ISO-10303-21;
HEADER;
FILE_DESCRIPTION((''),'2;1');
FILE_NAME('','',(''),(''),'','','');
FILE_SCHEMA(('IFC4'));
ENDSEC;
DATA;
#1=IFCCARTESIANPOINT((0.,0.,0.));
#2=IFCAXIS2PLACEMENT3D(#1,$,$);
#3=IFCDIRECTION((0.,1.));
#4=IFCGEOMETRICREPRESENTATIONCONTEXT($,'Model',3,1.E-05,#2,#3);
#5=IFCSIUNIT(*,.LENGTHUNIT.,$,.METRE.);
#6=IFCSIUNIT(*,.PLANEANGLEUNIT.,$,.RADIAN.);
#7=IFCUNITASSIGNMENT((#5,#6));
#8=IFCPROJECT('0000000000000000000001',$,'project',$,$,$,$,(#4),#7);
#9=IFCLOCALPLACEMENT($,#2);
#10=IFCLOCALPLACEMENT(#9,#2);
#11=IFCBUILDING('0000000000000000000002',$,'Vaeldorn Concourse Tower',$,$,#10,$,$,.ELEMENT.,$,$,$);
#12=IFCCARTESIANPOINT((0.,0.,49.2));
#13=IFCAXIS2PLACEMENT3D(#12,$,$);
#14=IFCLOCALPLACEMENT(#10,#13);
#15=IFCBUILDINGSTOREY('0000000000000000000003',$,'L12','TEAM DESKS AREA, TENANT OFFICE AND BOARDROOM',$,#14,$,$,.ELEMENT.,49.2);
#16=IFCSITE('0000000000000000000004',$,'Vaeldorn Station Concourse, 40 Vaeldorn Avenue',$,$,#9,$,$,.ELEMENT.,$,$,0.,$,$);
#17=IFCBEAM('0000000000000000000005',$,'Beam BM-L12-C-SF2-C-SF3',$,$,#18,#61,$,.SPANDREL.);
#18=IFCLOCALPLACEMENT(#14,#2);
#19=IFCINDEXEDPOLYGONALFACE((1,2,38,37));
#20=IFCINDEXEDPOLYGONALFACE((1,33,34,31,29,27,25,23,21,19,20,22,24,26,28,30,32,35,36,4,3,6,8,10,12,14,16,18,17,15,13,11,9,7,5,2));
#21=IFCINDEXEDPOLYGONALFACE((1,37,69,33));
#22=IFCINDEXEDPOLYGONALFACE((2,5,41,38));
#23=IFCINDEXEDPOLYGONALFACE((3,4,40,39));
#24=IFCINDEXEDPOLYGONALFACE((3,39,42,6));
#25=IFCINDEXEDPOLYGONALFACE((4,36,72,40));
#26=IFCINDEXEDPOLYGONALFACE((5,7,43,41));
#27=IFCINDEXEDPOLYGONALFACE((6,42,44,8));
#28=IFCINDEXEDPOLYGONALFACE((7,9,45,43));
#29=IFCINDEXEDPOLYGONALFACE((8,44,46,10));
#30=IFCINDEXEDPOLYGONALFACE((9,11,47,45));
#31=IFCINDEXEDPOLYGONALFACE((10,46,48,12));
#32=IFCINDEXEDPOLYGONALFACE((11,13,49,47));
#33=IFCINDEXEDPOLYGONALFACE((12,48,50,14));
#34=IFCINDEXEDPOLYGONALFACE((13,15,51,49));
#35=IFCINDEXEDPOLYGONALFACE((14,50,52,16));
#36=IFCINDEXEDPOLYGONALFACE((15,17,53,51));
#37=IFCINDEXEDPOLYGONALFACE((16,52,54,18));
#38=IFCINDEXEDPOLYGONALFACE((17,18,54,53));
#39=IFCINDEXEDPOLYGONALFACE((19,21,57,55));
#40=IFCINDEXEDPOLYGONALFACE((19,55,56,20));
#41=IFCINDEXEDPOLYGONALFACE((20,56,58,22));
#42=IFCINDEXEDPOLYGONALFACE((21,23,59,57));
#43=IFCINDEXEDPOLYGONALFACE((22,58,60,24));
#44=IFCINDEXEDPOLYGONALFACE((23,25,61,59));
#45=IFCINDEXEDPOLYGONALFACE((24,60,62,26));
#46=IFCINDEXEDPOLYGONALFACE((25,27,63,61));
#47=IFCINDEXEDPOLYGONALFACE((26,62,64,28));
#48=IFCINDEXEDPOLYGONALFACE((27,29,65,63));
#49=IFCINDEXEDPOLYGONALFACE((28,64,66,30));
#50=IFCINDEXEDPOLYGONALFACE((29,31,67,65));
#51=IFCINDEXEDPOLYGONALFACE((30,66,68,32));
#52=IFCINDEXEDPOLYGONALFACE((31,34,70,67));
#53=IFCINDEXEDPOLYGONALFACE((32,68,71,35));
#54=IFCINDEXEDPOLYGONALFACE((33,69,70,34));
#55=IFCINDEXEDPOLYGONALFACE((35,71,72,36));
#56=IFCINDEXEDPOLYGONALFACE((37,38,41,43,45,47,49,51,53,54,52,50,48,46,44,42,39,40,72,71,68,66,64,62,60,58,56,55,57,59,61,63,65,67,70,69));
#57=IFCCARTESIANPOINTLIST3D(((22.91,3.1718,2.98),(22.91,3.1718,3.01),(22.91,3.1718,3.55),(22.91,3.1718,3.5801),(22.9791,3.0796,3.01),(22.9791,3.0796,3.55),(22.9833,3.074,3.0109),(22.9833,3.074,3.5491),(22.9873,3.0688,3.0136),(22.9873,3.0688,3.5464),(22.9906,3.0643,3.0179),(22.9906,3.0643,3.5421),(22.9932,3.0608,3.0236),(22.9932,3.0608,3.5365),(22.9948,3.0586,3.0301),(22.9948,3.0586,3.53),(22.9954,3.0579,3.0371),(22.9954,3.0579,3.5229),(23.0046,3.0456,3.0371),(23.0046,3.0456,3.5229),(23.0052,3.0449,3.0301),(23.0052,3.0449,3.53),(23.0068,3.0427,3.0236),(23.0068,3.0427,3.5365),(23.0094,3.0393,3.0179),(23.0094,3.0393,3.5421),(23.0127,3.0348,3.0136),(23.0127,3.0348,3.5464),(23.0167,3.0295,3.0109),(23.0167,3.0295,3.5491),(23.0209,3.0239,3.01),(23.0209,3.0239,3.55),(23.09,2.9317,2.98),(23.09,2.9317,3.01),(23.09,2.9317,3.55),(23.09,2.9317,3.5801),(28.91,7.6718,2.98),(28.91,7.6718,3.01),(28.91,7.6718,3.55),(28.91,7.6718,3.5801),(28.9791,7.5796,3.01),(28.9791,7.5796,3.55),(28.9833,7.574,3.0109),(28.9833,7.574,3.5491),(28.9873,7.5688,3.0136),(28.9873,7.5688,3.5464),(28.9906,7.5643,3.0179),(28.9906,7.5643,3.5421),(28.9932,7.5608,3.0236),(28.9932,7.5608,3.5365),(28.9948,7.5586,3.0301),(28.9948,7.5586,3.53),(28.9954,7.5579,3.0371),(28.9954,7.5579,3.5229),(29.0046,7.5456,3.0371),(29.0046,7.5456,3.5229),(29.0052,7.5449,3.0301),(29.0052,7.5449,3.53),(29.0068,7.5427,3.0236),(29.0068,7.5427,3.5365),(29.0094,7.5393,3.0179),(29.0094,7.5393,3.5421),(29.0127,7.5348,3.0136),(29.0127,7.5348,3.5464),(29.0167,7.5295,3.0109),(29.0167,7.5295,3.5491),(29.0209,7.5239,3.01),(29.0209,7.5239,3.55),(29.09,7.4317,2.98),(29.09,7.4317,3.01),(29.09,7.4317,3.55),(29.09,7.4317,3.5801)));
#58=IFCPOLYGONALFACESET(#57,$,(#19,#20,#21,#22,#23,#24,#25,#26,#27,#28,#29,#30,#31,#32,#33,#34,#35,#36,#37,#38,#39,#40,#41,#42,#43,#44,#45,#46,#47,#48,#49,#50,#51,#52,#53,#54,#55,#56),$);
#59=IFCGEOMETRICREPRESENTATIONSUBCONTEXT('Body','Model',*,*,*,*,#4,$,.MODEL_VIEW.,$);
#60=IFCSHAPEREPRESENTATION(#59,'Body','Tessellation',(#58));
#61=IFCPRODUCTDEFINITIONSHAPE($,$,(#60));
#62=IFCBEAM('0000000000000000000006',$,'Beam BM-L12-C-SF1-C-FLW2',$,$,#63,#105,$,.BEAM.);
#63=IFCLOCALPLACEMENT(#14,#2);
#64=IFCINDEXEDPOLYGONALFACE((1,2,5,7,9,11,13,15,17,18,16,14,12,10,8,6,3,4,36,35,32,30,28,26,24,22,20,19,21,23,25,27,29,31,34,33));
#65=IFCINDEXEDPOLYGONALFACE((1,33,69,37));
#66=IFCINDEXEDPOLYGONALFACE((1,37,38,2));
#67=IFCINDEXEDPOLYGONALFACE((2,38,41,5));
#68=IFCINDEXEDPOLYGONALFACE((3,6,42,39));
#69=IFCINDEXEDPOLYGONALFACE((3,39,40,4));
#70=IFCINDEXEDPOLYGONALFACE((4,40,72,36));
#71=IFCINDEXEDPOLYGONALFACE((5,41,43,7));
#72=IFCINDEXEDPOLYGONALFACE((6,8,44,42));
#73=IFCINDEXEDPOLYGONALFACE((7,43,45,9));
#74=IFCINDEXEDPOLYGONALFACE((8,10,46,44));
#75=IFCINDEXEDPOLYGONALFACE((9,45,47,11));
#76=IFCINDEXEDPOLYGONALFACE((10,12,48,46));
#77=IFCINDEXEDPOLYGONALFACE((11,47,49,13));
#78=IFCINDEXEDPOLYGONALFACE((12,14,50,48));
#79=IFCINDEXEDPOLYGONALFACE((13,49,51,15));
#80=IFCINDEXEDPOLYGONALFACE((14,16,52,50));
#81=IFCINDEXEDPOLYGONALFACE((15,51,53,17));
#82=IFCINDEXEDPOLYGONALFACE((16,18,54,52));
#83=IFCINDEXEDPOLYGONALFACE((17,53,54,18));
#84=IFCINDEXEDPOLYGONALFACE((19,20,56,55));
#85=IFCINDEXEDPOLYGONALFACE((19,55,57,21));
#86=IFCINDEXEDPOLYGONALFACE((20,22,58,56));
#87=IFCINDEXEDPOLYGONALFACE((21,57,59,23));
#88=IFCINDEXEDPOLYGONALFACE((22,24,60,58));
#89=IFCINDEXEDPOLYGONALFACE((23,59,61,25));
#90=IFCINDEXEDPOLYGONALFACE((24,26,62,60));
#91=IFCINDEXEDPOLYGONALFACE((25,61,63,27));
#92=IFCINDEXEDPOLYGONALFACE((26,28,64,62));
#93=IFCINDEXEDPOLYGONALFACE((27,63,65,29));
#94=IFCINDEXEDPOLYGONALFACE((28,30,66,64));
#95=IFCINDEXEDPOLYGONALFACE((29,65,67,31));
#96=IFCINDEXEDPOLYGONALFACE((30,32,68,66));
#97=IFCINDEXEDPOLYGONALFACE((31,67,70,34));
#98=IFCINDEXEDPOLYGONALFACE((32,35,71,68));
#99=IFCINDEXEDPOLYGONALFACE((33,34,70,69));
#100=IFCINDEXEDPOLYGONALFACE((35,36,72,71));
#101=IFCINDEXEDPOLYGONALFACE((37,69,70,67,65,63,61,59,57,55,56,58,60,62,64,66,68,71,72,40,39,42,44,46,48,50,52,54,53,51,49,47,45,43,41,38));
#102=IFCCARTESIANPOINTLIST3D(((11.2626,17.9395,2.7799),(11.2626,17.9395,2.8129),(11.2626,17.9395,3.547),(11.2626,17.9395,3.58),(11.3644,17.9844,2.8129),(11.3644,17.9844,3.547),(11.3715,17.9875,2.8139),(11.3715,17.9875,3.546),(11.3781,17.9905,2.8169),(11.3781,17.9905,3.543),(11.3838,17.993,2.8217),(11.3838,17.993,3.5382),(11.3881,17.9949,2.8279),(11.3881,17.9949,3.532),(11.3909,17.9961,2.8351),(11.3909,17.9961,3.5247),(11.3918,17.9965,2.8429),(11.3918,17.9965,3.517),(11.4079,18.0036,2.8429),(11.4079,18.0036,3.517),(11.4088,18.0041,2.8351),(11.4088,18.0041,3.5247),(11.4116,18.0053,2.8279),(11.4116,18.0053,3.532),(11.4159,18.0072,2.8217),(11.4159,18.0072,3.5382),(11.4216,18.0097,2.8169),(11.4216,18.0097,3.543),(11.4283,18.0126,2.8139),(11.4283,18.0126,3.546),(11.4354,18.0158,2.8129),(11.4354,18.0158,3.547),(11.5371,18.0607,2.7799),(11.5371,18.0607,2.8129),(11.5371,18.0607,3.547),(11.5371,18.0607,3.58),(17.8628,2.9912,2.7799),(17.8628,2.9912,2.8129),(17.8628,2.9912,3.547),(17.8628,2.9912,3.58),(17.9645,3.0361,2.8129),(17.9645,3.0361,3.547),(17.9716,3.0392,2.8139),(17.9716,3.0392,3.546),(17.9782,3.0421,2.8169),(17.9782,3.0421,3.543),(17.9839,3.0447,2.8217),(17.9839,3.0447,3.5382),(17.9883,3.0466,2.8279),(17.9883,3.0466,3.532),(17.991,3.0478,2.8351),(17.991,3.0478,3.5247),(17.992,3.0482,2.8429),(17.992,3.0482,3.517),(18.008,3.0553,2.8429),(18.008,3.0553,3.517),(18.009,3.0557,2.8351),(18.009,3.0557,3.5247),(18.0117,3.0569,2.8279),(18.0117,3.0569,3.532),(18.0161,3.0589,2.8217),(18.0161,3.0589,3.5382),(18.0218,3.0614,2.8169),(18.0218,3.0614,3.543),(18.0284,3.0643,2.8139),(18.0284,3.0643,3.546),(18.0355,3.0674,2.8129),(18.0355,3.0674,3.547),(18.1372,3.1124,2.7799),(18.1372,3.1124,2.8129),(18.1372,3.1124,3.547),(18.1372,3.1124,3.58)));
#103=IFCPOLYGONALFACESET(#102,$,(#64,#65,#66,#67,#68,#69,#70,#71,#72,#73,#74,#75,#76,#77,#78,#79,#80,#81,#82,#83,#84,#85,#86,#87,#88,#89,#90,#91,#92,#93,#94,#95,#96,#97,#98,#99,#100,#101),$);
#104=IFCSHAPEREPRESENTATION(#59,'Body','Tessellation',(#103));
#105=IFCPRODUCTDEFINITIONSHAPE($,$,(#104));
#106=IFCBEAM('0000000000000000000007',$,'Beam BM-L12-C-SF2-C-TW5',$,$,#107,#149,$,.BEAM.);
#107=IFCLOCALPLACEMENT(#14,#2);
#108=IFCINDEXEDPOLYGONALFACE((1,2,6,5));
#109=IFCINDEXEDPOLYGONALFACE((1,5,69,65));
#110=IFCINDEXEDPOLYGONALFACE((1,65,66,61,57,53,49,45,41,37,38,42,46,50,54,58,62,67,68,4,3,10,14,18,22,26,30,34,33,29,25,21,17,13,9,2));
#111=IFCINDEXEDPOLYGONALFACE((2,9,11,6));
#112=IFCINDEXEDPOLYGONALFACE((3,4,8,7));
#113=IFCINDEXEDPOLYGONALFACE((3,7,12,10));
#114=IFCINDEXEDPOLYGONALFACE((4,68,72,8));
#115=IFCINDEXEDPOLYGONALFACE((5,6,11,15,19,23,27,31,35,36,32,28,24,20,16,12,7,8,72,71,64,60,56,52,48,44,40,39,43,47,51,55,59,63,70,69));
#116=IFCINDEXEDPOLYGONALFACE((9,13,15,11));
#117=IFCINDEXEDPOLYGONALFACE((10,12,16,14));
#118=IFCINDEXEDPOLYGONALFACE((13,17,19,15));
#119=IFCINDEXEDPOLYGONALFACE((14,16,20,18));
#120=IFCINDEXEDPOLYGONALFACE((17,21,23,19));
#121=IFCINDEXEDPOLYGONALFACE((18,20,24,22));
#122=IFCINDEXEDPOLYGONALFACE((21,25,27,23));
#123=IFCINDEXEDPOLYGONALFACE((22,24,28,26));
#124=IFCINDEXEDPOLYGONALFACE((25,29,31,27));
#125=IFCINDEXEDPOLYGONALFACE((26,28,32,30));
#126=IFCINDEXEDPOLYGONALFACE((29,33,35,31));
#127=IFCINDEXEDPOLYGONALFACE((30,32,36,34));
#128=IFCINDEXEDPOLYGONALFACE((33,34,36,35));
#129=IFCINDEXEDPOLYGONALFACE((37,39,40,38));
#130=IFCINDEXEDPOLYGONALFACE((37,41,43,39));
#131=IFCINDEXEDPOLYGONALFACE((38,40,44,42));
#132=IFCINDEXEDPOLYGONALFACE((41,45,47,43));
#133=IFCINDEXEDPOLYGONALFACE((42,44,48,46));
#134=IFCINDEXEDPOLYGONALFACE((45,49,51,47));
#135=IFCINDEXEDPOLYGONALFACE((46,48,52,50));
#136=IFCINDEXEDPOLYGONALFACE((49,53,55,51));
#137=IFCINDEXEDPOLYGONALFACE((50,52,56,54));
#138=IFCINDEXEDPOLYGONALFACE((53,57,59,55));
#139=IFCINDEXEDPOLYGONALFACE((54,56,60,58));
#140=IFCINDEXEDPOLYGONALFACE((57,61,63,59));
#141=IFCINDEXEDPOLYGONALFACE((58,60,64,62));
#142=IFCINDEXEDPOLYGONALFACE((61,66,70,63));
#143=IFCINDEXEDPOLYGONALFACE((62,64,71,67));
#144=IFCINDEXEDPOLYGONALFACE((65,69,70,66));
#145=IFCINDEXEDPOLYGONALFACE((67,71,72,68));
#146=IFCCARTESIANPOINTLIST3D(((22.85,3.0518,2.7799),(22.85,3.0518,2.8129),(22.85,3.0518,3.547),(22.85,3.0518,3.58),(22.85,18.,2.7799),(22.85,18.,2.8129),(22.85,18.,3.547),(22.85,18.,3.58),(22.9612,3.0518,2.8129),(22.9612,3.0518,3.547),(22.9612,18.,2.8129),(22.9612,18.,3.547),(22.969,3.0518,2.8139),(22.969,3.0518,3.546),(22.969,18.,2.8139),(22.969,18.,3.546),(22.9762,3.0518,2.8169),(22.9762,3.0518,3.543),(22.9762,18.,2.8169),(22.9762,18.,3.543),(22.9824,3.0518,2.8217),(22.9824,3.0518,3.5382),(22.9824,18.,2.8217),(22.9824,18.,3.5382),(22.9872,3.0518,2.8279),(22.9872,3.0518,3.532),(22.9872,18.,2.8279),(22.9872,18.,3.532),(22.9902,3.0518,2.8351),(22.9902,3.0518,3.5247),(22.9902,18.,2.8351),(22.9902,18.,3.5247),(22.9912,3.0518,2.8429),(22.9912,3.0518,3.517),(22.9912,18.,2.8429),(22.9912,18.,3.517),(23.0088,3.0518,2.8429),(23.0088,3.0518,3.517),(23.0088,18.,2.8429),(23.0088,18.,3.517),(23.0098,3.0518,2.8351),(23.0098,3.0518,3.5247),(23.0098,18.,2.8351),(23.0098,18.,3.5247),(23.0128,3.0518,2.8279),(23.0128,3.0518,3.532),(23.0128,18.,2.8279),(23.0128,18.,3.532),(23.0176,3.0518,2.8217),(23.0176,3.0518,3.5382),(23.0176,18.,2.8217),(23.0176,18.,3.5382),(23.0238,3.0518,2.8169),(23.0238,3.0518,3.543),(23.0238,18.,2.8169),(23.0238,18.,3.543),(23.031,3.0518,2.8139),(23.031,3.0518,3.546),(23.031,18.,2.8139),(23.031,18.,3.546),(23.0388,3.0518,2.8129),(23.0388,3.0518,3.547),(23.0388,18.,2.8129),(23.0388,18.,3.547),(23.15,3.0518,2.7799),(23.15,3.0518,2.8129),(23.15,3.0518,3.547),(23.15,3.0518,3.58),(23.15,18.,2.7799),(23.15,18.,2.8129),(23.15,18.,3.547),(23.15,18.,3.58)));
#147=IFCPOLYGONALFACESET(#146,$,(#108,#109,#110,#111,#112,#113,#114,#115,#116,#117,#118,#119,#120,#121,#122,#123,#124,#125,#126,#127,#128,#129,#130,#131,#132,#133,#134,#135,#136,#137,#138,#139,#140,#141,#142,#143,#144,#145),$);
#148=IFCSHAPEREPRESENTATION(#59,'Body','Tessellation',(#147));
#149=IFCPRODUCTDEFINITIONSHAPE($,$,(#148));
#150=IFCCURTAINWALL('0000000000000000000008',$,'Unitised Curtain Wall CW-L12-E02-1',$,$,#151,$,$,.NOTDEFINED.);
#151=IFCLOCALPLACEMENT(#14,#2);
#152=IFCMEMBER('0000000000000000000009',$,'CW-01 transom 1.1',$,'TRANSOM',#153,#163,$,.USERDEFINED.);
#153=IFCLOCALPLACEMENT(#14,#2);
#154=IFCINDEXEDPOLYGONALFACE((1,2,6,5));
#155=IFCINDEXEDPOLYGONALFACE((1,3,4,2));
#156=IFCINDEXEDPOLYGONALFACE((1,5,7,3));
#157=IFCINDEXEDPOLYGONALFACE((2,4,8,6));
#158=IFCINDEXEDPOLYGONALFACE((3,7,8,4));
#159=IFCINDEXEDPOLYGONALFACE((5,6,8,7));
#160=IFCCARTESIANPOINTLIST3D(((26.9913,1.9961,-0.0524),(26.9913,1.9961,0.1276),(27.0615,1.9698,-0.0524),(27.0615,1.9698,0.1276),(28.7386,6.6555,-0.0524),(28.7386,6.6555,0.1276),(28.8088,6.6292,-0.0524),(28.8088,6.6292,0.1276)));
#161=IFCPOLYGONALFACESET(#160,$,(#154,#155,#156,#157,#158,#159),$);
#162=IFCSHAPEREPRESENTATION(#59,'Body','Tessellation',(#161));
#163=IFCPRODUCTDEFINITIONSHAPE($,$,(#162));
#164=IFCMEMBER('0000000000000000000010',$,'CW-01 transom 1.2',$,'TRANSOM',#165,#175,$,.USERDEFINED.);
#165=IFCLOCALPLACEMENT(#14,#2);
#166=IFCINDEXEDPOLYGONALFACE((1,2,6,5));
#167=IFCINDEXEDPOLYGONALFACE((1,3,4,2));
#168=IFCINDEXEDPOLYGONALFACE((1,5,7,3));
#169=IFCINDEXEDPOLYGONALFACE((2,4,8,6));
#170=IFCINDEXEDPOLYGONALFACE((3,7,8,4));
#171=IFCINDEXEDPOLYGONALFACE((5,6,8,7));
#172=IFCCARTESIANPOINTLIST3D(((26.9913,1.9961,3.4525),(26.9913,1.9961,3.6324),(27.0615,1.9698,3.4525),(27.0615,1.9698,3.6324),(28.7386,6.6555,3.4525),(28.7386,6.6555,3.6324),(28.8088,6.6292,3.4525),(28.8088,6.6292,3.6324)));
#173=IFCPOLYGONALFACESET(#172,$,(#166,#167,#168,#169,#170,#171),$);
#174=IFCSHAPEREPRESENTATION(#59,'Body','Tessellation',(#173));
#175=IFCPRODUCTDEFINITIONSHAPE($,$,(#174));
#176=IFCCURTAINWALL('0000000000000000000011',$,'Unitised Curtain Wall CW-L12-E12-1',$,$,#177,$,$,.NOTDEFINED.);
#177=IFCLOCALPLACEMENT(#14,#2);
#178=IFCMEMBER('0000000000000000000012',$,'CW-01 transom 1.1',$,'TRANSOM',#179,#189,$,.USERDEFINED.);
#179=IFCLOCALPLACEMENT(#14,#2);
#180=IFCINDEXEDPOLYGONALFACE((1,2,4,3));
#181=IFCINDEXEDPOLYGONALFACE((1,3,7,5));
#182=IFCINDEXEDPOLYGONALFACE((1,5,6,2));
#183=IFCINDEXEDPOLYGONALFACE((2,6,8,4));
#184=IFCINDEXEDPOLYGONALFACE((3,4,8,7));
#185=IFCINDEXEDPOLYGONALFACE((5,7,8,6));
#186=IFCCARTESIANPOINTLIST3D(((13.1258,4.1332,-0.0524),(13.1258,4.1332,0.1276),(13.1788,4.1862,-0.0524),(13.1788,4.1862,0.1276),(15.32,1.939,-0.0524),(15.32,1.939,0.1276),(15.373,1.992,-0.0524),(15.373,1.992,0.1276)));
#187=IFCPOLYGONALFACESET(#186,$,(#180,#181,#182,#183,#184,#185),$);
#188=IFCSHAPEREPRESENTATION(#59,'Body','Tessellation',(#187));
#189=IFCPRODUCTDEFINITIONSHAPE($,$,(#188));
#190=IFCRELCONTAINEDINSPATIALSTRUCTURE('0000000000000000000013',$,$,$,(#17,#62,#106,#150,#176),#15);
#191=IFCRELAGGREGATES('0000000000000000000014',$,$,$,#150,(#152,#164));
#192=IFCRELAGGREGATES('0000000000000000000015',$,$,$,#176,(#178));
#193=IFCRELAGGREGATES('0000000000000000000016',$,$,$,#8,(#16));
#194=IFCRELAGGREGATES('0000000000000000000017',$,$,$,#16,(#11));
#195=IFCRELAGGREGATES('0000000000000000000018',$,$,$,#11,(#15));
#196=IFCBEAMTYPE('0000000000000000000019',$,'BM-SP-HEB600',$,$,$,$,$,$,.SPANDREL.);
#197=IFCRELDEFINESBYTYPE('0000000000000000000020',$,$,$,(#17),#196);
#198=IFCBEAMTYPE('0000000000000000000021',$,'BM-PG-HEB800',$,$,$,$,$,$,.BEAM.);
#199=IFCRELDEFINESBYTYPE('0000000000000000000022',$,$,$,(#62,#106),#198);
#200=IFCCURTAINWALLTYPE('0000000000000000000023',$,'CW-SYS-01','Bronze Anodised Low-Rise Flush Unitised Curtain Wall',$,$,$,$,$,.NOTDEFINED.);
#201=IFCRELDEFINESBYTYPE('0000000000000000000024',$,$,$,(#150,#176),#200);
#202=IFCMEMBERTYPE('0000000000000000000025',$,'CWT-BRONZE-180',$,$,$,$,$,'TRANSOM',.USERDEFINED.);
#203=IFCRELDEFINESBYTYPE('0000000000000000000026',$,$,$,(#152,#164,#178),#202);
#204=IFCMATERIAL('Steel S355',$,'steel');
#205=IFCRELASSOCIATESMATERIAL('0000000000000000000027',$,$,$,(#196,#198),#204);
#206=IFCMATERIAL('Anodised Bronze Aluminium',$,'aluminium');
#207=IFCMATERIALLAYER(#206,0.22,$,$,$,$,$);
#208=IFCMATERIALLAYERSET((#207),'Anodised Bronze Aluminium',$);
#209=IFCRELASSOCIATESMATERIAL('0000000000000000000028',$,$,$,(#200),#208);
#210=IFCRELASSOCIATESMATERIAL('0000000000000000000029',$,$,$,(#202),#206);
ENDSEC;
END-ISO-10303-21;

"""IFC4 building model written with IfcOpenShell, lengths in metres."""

from ifc_helpers import new_model, si_unit, direction, frame, origin, origin_2d, place, context, subcontext, project, spatial, rectangle, i_section, extrude, source, transform, mapped, material, layer, layer_set, material_profile, profile_set, type_object, element, aggregate, save


model = new_model("IFC4")

# Units and contexts
model_context = context("Model", 3, precision=1e-05, world=origin(), true_north=direction((0.0, 1.0)))
body_context = subcontext(model_context, "Body", "Model", "MODEL_VIEW")
ifc_project = project(units=[si_unit("LENGTHUNIT", "METRE"), si_unit("PLANEANGLEUNIT", "RADIAN")], contexts=[model_context])

# Site, building, storey
site_placement = place(None, origin())
site = spatial("IfcSite", under=ifc_project, at=site_placement, Name="Vaeldorn Station Concourse, 40 Vaeldorn Avenue", CompositionType="ELEMENT", RefElevation=0.0)
building_placement = place(site_placement, origin())
building = spatial("IfcBuilding", under=site, at=building_placement, Name="Vaeldorn Concourse Tower", CompositionType="ELEMENT")
storey_placement = place(building_placement, frame((0.0, 0.0, 49.2)))
storey = spatial("IfcBuildingStorey", under=building, at=storey_placement, Name="L12", Description="TEAM DESKS AREA, TENANT OFFICE AND BOARDROOM", CompositionType="ELEMENT", Elevation=49.2)

# Beams
ifc_material_1 = material(Name="Steel S355", Category="steel")
ifc_material_profile_1 = material_profile(ifc_material_1, i_section(OverallWidth=0.3, OverallDepth=0.6001, WebThickness=0.0154, FlangeThickness=0.03, FilletRadius=0.0271, at=origin_2d()), Name="HEB 600")
ifc_profile_set_1 = profile_set([ifc_material_profile_1], Name="Steel S355")
beam_type_1 = type_object("IfcBeamType", Name="BM-SP-HEB600", PredefinedType="SPANDREL", material=ifc_profile_set_1)
shared_shape_1 = source(origin(), body_context, "Body", "SweptSolid", [
    extrude(i_section(OverallWidth=0.3, OverallDepth=0.6001, WebThickness=0.0154, FlangeThickness=0.03, FilletRadius=0.0271, at=origin_2d()), origin(), (0.0, 0.0, 1.0), 7.5),
])
beam_1_placement = place(storey_placement, frame((23.0, 3.0518, 3.28), z_axis=(0.8, 0.6, 0.0), x_axis=(-0.6, 0.8, 0.0)))
element("IfcBeam", 1, at=beam_1_placement, inside=storey, type_object=beam_type_1, Name="Beam BM-L12-C-SF2-C-SF3", PredefinedType="SPANDREL", context=body_context, shape_type="MappedRepresentation", body=[
    mapped(shared_shape_1, transform((0.0, 0.0, 0.0), scale=1.0)),
])
ifc_material_profile_2 = material_profile(ifc_material_1, i_section(OverallWidth=0.3, OverallDepth=0.8, WebThickness=0.0176, FlangeThickness=0.033, FilletRadius=0.03, at=origin_2d()), Name="HEB 800")
ifc_profile_set_2 = profile_set([ifc_material_profile_2], Name="Steel S355")
beam_type_2 = type_object("IfcBeamType", Name="BM-PG-HEB800", PredefinedType="BEAM", material=ifc_profile_set_2)
shared_shape_2 = source(origin(), body_context, "Body", "SweptSolid", [
    extrude(i_section(OverallWidth=0.3, OverallDepth=0.8, WebThickness=0.0176, FlangeThickness=0.033, FilletRadius=0.03, at=origin_2d()), origin(), (0.0, 0.0, 1.0), 16.3406),
])
beam_2_placement = place(storey_placement, frame((18.0, 3.0518, 3.1799), z_axis=(-0.403911, 0.914798, 0.0), x_axis=(-0.914798, -0.403911, 0.0)))
element("IfcBeam", 2, at=beam_2_placement, inside=storey, type_object=beam_type_2, Name="Beam BM-L12-C-SF1-C-FLW2", PredefinedType="BEAM", context=body_context, shape_type="MappedRepresentation", body=[
    mapped(shared_shape_2, transform((0.0, 0.0, 0.0), scale=1.0)),
])
shared_shape_3 = source(origin(), body_context, "Body", "SweptSolid", [
    extrude(i_section(OverallWidth=0.3, OverallDepth=0.8, WebThickness=0.0176, FlangeThickness=0.033, FilletRadius=0.03, at=origin_2d()), origin(), (0.0, 0.0, 1.0), 14.9482),
])
beam_3_placement = place(storey_placement, frame((23.0, 3.0518, 3.1799), z_axis=(0.0, 1.0, 0.0), x_axis=(-1.0, 0.0, 0.0)))
element("IfcBeam", 3, at=beam_3_placement, inside=storey, type_object=beam_type_2, Name="Beam BM-L12-C-SF2-C-TW5", PredefinedType="BEAM", context=body_context, shape_type="MappedRepresentation", body=[
    mapped(shared_shape_3, transform((0.0, 0.0, 0.0), scale=1.0)),
])

# Curtain wall, members
ifc_material_2 = material(Name="Anodised Bronze Aluminium", Category="aluminium")
ifc_layer_1 = layer(ifc_material_2, 0.22)
ifc_layer_set_1 = layer_set([ifc_layer_1], Name="Anodised Bronze Aluminium")
curtain_wall_type = type_object("IfcCurtainWallType", Name="CW-SYS-01", Description="Bronze Anodised Low-Rise Flush Unitised Curtain Wall", PredefinedType="NOTDEFINED", material=ifc_layer_set_1)
curtain_wall_1_placement = place(storey_placement, origin())
curtain_wall_1 = element("IfcCurtainWall", 4, at=curtain_wall_1_placement, inside=storey, type_object=curtain_wall_type, Name="Unitised Curtain Wall CW-L12-E02-1", PredefinedType="NOTDEFINED")
ifc_material_profile_3 = material_profile(ifc_material_2, rectangle(XDim=0.075, YDim=0.1799, at=origin_2d()), Name="CWT 75x180")
ifc_profile_set_3 = profile_set([ifc_material_profile_3], Name="Anodised Bronze Aluminium")
member_type_1 = type_object("IfcMemberType", Name="CWT-BRONZE-180", ElementType="TRANSOM", PredefinedType="USERDEFINED", material=ifc_profile_set_3)
shared_shape_4 = source(origin(), body_context, "Body", "SweptSolid", [
    extrude(rectangle(XDim=0.075, YDim=0.1799, at=origin_2d()), origin(), (0.0, 0.0, 1.0), 4.9763),
])
member_1_placement = place(storey_placement, frame((27.0264, 1.9829, 0.0376), z_axis=(0.351129, 0.936327, 0.0), x_axis=(-0.936327, 0.351129, 0.0)))
member_1 = element("IfcMember", 5, at=member_1_placement, type_object=member_type_1, Name="CW-01 transom 1.1", ObjectType="TRANSOM", PredefinedType="USERDEFINED", context=body_context, shape_type="MappedRepresentation", body=[
    mapped(shared_shape_4, transform((0.0, 0.0, 0.0), scale=1.0)),
])
member_2_placement = place(storey_placement, frame((27.0264, 1.9829, 3.5425), z_axis=(0.351129, 0.936327, 0.0), x_axis=(-0.936327, 0.351129, 0.0)))
member_2 = element("IfcMember", 6, at=member_2_placement, type_object=member_type_1, Name="CW-01 transom 1.2", ObjectType="TRANSOM", PredefinedType="USERDEFINED", context=body_context, shape_type="MappedRepresentation", body=[
    mapped(shared_shape_4, transform((0.0, 0.0, 0.0), scale=1.0)),
])

# Curtain wall, member
curtain_wall_2_placement = place(storey_placement, origin())
curtain_wall_2 = element("IfcCurtainWall", 7, at=curtain_wall_2_placement, inside=storey, type_object=curtain_wall_type, Name="Unitised Curtain Wall CW-L12-E12-1", PredefinedType="NOTDEFINED")
shared_shape_5 = source(origin(), body_context, "Body", "SweptSolid", [
    extrude(rectangle(XDim=0.075, YDim=0.1799, at=origin_2d()), origin(), (0.0, 0.0, 1.0), 3.103),
])
member_3_placement = place(storey_placement, frame((13.1523, 4.1597, 0.0376), z_axis=(0.707107, -0.707107, 0.0), x_axis=(0.707107, 0.707107, 0.0)))
member_3 = element("IfcMember", 8, at=member_3_placement, type_object=member_type_1, Name="CW-01 transom 1.1", ObjectType="TRANSOM", PredefinedType="USERDEFINED", context=body_context, shape_type="MappedRepresentation", body=[
    mapped(shared_shape_5, transform((0.0, 0.0, 0.0), scale=1.0)),
])

aggregate(curtain_wall_1, [member_1, member_2])

aggregate(curtain_wall_2, [member_3])

save(model, "model.ifc")
